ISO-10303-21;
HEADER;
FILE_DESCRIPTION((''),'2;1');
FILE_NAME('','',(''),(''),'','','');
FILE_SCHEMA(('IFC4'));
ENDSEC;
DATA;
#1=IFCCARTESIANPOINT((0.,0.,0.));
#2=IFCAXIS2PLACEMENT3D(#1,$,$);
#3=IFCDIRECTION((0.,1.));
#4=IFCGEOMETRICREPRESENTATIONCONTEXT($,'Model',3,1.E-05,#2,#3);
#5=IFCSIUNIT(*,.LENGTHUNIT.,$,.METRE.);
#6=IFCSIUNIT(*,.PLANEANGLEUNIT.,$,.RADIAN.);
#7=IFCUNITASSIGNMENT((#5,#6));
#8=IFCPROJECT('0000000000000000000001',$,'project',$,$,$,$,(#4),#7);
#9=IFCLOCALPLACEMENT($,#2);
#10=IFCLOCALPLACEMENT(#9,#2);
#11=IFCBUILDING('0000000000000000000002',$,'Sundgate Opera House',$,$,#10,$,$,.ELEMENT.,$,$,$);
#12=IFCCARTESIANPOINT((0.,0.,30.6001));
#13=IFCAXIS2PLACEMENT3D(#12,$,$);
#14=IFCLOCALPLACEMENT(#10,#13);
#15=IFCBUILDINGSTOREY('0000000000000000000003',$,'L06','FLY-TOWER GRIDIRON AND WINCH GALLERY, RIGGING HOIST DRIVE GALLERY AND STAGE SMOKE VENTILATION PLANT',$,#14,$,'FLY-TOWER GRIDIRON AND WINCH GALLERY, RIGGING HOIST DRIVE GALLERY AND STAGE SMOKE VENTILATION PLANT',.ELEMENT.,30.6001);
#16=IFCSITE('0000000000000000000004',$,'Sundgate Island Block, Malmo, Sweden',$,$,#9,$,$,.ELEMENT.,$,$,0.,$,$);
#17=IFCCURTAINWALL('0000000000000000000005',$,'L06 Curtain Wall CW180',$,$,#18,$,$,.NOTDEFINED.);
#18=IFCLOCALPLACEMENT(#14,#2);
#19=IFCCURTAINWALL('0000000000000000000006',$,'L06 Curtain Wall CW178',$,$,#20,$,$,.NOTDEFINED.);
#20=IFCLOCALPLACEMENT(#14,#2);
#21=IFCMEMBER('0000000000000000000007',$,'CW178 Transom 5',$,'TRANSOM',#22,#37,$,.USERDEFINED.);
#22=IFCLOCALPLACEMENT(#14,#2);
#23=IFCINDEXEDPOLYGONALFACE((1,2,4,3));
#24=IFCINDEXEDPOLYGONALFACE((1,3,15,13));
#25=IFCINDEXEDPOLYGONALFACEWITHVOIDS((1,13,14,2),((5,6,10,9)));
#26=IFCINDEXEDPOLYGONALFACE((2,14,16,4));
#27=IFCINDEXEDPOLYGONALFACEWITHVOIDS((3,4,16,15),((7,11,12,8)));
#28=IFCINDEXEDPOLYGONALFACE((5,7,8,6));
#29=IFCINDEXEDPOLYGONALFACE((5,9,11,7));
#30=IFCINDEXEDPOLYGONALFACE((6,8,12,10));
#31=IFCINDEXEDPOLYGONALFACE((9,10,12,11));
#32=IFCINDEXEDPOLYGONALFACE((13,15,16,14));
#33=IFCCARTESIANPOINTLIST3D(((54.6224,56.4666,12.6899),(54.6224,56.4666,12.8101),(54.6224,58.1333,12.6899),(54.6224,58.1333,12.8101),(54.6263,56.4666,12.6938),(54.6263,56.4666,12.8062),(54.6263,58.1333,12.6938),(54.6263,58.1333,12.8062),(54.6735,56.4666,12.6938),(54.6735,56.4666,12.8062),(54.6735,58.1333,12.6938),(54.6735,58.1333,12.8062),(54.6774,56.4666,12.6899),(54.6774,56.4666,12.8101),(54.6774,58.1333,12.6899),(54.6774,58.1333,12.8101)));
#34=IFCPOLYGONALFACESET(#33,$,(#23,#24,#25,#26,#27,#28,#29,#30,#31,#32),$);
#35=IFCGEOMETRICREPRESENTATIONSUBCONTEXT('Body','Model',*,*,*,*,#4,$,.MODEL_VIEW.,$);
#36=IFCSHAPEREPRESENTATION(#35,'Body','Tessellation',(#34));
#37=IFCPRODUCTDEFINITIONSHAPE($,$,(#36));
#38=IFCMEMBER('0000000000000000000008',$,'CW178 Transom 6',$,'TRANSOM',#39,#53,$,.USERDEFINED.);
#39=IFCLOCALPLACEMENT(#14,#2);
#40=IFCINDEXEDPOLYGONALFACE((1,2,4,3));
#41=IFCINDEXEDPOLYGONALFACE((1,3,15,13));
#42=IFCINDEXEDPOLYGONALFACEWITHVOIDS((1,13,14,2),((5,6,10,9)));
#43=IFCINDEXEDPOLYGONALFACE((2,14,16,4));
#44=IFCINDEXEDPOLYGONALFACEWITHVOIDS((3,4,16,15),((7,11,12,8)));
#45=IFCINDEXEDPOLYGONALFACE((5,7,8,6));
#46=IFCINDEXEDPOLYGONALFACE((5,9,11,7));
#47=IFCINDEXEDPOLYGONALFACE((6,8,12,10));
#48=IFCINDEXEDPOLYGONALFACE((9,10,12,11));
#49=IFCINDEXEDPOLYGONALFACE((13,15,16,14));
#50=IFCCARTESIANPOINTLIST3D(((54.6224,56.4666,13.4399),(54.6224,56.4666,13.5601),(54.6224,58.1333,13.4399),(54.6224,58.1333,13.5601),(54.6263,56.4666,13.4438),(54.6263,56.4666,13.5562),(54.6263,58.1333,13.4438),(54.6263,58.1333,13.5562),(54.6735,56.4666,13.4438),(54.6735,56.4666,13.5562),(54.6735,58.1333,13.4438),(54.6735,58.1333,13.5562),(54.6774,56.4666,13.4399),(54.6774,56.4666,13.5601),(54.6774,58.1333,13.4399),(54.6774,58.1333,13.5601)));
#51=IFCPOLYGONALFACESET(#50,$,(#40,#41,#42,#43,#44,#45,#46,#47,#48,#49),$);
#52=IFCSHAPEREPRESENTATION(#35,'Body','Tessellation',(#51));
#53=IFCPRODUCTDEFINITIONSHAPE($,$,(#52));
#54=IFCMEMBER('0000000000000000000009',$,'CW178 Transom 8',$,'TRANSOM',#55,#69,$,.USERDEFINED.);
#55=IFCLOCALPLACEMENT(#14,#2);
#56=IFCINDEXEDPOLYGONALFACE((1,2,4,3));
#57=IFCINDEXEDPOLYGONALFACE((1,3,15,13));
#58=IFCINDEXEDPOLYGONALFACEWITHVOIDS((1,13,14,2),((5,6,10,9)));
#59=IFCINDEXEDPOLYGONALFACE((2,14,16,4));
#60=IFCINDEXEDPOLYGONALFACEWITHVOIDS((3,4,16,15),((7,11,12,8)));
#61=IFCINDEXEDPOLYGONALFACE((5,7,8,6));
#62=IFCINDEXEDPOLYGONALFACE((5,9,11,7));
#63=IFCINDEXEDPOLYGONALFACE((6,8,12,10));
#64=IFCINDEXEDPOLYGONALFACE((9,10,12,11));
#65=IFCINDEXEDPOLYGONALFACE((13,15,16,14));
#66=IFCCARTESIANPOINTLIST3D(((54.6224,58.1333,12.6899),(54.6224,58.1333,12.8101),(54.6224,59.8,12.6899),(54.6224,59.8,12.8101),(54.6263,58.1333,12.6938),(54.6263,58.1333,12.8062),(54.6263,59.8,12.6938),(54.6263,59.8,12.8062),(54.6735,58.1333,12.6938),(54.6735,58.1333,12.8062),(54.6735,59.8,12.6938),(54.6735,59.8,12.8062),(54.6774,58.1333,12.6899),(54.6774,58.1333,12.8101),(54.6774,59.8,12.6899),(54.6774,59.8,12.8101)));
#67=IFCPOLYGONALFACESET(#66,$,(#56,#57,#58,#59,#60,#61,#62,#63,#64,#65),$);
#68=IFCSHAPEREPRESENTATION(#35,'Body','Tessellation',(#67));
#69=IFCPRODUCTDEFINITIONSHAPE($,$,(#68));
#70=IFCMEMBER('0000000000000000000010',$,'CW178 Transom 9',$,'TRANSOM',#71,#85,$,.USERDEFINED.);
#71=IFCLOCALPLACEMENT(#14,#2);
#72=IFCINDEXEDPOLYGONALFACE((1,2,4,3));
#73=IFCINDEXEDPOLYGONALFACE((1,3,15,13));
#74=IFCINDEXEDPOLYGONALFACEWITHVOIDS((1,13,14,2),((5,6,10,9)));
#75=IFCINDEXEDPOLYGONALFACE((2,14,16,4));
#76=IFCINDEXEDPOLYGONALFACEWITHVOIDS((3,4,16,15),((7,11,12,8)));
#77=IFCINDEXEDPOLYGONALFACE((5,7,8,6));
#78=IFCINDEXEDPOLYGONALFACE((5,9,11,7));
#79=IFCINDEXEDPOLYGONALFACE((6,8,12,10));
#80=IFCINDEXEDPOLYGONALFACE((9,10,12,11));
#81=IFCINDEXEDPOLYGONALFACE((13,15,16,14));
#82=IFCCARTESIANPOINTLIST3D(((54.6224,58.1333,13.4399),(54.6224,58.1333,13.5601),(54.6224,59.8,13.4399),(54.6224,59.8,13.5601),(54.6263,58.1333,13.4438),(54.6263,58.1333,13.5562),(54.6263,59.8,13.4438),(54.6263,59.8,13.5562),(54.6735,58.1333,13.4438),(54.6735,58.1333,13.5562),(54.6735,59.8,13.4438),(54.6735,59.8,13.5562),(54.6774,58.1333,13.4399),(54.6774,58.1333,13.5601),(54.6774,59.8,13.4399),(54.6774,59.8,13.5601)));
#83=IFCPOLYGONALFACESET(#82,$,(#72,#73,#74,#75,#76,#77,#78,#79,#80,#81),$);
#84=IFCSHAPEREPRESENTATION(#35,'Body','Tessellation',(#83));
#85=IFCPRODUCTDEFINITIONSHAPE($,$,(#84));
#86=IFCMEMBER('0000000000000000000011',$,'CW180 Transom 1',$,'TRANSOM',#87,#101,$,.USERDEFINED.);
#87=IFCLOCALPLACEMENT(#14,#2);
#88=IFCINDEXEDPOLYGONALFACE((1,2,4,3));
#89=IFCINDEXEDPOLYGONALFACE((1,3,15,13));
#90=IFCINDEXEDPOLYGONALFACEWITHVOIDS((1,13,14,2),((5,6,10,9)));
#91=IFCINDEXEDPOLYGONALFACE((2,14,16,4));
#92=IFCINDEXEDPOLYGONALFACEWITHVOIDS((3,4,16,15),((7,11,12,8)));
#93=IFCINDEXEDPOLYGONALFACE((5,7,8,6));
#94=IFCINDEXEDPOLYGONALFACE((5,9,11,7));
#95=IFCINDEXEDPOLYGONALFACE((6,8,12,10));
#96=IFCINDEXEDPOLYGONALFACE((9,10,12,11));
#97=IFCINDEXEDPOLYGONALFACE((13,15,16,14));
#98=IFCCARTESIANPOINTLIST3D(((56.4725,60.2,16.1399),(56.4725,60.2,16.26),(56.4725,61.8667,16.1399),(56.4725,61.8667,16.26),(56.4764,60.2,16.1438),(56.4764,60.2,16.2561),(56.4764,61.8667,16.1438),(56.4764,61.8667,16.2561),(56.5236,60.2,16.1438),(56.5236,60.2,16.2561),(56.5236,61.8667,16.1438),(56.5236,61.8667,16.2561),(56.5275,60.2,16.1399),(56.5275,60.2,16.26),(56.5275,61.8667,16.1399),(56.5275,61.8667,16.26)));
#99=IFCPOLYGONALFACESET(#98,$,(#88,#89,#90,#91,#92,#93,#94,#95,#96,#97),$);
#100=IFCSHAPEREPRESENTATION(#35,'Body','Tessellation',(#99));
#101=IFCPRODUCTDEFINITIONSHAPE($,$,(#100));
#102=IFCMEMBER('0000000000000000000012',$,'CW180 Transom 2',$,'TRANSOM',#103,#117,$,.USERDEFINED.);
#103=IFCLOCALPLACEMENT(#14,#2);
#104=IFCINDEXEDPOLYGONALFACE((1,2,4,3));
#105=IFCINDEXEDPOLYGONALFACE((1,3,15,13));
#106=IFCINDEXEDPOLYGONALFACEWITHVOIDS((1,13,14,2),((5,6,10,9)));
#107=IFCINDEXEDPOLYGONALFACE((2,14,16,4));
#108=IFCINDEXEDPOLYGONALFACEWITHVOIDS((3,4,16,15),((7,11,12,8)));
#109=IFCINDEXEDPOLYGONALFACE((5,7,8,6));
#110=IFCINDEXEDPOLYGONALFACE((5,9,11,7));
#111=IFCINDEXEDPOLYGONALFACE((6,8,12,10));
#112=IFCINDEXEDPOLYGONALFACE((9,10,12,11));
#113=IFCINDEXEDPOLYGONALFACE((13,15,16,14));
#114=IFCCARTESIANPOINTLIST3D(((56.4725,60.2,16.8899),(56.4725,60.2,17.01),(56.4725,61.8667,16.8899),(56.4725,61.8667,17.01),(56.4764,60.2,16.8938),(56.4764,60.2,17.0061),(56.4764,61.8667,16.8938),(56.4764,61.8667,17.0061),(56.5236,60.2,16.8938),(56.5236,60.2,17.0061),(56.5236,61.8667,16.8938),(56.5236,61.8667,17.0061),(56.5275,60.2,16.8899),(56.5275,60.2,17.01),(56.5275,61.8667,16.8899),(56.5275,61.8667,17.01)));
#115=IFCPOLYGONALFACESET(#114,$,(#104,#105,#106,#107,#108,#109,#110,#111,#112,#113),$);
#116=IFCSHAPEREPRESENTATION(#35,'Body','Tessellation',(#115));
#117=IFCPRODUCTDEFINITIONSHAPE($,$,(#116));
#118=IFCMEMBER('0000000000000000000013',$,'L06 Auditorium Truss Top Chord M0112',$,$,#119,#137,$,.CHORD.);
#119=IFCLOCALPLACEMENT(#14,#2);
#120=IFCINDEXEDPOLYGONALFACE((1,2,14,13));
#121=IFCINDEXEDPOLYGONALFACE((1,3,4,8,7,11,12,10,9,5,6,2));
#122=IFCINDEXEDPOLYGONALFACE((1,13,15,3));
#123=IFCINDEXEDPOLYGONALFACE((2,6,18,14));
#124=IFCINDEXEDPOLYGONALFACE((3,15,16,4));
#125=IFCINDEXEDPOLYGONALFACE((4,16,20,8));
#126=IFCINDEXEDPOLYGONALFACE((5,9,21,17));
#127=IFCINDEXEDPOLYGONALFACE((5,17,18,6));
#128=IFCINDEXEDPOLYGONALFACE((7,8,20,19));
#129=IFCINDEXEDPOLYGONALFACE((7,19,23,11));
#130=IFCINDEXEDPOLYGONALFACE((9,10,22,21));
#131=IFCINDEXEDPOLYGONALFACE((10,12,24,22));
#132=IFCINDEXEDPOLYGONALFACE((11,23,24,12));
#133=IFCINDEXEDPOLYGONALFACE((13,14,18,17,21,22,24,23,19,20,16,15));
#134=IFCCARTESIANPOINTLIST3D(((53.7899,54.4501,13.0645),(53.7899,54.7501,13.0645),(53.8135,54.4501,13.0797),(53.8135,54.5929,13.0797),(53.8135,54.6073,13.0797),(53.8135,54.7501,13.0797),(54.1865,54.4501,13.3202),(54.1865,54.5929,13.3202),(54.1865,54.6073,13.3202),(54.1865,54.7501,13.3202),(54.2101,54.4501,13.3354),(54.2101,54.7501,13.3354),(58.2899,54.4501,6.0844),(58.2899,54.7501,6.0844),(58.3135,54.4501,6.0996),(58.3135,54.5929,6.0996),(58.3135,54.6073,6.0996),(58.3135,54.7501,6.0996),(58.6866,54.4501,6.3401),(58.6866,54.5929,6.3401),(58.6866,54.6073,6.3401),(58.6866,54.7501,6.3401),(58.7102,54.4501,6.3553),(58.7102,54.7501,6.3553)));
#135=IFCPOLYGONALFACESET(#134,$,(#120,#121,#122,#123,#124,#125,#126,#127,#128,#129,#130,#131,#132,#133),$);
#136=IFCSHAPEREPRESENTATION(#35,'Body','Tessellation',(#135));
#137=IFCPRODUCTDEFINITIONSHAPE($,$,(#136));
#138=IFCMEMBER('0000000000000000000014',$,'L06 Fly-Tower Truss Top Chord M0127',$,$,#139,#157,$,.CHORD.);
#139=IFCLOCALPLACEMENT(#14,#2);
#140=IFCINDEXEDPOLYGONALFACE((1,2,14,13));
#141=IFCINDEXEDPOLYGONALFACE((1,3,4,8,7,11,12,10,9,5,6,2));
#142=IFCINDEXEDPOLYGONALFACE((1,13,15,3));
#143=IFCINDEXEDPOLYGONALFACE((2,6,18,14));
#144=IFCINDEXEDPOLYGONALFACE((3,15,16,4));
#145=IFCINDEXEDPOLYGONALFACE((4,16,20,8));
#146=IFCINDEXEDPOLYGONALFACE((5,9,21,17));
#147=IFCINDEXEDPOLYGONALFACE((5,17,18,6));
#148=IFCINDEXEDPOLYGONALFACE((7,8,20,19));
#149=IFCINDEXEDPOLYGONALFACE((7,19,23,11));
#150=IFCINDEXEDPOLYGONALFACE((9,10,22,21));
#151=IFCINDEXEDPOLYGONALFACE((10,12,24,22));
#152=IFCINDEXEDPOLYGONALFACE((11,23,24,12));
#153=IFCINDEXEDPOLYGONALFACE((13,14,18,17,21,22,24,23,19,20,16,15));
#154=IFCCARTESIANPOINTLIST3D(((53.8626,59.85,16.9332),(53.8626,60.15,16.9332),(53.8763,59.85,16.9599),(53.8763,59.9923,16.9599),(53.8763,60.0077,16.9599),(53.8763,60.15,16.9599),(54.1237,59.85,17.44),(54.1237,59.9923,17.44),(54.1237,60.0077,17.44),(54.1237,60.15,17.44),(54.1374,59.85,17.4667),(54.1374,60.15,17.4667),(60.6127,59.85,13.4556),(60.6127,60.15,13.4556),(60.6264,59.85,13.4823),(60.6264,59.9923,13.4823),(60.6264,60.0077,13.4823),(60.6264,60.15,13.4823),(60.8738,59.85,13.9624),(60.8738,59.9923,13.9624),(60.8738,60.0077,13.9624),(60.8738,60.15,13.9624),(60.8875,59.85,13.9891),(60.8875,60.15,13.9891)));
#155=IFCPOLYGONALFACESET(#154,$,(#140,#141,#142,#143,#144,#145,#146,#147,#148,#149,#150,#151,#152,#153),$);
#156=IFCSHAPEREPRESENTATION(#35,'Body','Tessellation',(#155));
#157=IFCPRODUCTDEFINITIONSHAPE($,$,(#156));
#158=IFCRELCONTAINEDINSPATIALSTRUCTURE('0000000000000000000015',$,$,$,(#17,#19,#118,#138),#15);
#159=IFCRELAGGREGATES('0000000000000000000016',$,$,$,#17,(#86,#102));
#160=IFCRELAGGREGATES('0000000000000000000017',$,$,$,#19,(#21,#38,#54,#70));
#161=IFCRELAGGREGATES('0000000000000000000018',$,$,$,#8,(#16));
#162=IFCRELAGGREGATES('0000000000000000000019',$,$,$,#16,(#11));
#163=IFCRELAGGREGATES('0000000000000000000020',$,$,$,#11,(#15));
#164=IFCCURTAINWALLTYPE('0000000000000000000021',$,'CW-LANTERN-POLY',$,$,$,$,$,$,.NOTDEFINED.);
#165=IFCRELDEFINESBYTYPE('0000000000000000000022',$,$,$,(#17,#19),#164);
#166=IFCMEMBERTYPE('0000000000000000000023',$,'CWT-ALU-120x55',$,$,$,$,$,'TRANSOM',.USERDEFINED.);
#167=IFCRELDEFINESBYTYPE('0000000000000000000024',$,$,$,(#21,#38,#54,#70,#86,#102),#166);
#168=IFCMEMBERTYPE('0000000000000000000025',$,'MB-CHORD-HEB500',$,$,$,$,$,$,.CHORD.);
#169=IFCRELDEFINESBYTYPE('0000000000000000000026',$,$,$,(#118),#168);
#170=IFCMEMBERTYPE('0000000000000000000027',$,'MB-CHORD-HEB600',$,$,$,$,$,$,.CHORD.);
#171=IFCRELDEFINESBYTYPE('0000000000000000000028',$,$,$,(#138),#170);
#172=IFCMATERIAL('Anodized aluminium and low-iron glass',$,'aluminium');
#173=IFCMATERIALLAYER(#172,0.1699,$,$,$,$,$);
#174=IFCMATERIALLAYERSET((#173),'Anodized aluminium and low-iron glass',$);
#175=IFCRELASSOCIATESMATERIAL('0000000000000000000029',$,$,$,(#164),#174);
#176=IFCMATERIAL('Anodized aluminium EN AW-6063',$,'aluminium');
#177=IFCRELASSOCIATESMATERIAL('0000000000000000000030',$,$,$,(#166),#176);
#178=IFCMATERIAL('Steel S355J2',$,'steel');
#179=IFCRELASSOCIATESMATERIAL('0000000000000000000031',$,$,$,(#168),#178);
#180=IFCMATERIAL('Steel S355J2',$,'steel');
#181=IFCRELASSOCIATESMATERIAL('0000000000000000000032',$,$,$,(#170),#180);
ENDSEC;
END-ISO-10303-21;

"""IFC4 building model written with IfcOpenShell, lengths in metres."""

from ifc_helpers import new_model, si_unit, direction, frame, origin, origin_2d, place, context, subcontext, project, spatial, hollow_rectangle, i_section, extrude, material, layer, layer_set, material_profile, profile_set, type_object, element, aggregate, save


model = new_model("IFC4")

# Units and contexts
model_context = context("Model", 3, precision=1e-05, world=origin(), true_north=direction((0.0, 1.0)))
body_context = subcontext(model_context, "Body", "Model", "MODEL_VIEW")
ifc_project = project(units=[si_unit("LENGTHUNIT", "METRE"), si_unit("PLANEANGLEUNIT", "RADIAN")], contexts=[model_context])

# Site, building, storey
site_placement = place(None, origin())
site = spatial("IfcSite", under=ifc_project, at=site_placement, Name="Sundgate Island Block, Malmo, Sweden", CompositionType="ELEMENT", RefElevation=0.0)
building_placement = place(site_placement, origin())
building = spatial("IfcBuilding", under=site, at=building_placement, Name="Sundgate Opera House", CompositionType="ELEMENT")
storey_placement = place(building_placement, frame((0.0, 0.0, 30.6001)))
storey = spatial("IfcBuildingStorey", under=building, at=storey_placement, Name="L06", Description="FLY-TOWER GRIDIRON AND WINCH GALLERY, RIGGING HOIST DRIVE GALLERY AND STAGE SMOKE VENTILATION PLANT", LongName="FLY-TOWER GRIDIRON AND WINCH GALLERY, RIGGING HOIST DRIVE GALLERY AND STAGE SMOKE VENTILATION PLANT", CompositionType="ELEMENT", Elevation=30.6001)

# Curtain wall
ifc_material_1 = material(Name="Anodized aluminium and low-iron glass", Category="aluminium")
ifc_layer_1 = layer(ifc_material_1, 0.1699)
ifc_layer_set_1 = layer_set([ifc_layer_1], Name="Anodized aluminium and low-iron glass")
curtain_wall_type = type_object("IfcCurtainWallType", Name="CW-LANTERN-POLY", PredefinedType="NOTDEFINED", material=ifc_layer_set_1)
curtain_wall_1_placement = place(storey_placement, origin())
curtain_wall_1 = element("IfcCurtainWall", 1, at=curtain_wall_1_placement, inside=storey, type_object=curtain_wall_type, Name="L06 Curtain Wall CW180", PredefinedType="NOTDEFINED")

# Curtain wall, members
ifc_material_2 = material(Name="Anodized aluminium EN AW-6063", Category="aluminium")
ifc_material_profile_1 = material_profile(ifc_material_2, hollow_rectangle(XDim=0.0549, YDim=0.1201, WallThickness=0.0039, at=origin_2d()), Name="CWT 120x55x4")
ifc_profile_set_1 = profile_set([ifc_material_profile_1], Name="Anodized aluminium EN AW-6063")
member_type_1 = type_object("IfcMemberType", Name="CWT-ALU-120x55", ElementType="TRANSOM", PredefinedType="USERDEFINED", material=ifc_profile_set_1)
curtain_wall_2_placement = place(storey_placement, origin())
curtain_wall_2 = element("IfcCurtainWall", 2, at=curtain_wall_2_placement, inside=storey, type_object=curtain_wall_type, Name="L06 Curtain Wall CW178", PredefinedType="NOTDEFINED")
member_1_placement = place(storey_placement, frame((54.6499, 56.4666, 12.75), z_axis=(0.0, 1.0, 0.0), x_axis=(-1.0, 0.0, 0.0)))
member_1 = element("IfcMember", 3, at=member_1_placement, type_object=member_type_1, Name="CW178 Transom 5", ObjectType="TRANSOM", PredefinedType="USERDEFINED", context=body_context, shape_type="SweptSolid", body=[
    extrude(hollow_rectangle(XDim=0.0549, YDim=0.1201, WallThickness=0.0039, at=origin_2d()), origin(), (0.0, 0.0, 1.0), 1.6667),
])
member_2_placement = place(storey_placement, frame((54.6499, 56.4666, 13.5), z_axis=(0.0, 1.0, 0.0), x_axis=(-1.0, 0.0, 0.0)))
member_2 = element("IfcMember", 4, at=member_2_placement, type_object=member_type_1, Name="CW178 Transom 6", ObjectType="TRANSOM", PredefinedType="USERDEFINED", context=body_context, shape_type="SweptSolid", body=[
    extrude(hollow_rectangle(XDim=0.0549, YDim=0.1201, WallThickness=0.0039, at=origin_2d()), origin(), (0.0, 0.0, 1.0), 1.6667),
])
member_3_placement = place(storey_placement, frame((54.6499, 58.1333, 12.75), z_axis=(0.0, 1.0, 0.0), x_axis=(-1.0, 0.0, 0.0)))
member_3 = element("IfcMember", 5, at=member_3_placement, type_object=member_type_1, Name="CW178 Transom 8", ObjectType="TRANSOM", PredefinedType="USERDEFINED", context=body_context, shape_type="SweptSolid", body=[
    extrude(hollow_rectangle(XDim=0.0549, YDim=0.1201, WallThickness=0.0039, at=origin_2d()), origin(), (0.0, 0.0, 1.0), 1.6667),
])
member_4_placement = place(storey_placement, frame((54.6499, 58.1333, 13.5), z_axis=(0.0, 1.0, 0.0), x_axis=(-1.0, 0.0, 0.0)))
member_4 = element("IfcMember", 6, at=member_4_placement, type_object=member_type_1, Name="CW178 Transom 9", ObjectType="TRANSOM", PredefinedType="USERDEFINED", context=body_context, shape_type="SweptSolid", body=[
    extrude(hollow_rectangle(XDim=0.0549, YDim=0.1201, WallThickness=0.0039, at=origin_2d()), origin(), (0.0, 0.0, 1.0), 1.6667),
])

# Members
member_5_placement = place(storey_placement, frame((56.5, 60.2, 16.2), z_axis=(0.0, 1.0, 0.0), x_axis=(-1.0, 0.0, 0.0)))
member_5 = element("IfcMember", 7, at=member_5_placement, type_object=member_type_1, Name="CW180 Transom 1", ObjectType="TRANSOM", PredefinedType="USERDEFINED", context=body_context, shape_type="SweptSolid", body=[
    extrude(hollow_rectangle(XDim=0.0549, YDim=0.1201, WallThickness=0.0039, at=origin_2d()), origin(), (0.0, 0.0, 1.0), 1.6667),
])
member_6_placement = place(storey_placement, frame((56.5, 60.2, 16.95), z_axis=(0.0, 1.0, 0.0), x_axis=(-1.0, 0.0, 0.0)))
member_6 = element("IfcMember", 8, at=member_6_placement, type_object=member_type_1, Name="CW180 Transom 2", ObjectType="TRANSOM", PredefinedType="USERDEFINED", context=body_context, shape_type="SweptSolid", body=[
    extrude(hollow_rectangle(XDim=0.0549, YDim=0.1201, WallThickness=0.0039, at=origin_2d()), origin(), (0.0, 0.0, 1.0), 1.6667),
])
aggregate(curtain_wall_1, [member_5, member_6])

# Members
ifc_material_3 = material(Name="Steel S355J2", Category="steel")
ifc_material_profile_2 = material_profile(ifc_material_3, i_section(OverallWidth=0.3, OverallDepth=0.5, WebThickness=0.0144, FlangeThickness=0.0281, at=origin_2d()), Name="HEB 500")
ifc_profile_set_2 = profile_set([ifc_material_profile_2], Name="Steel S355J2")
member_type_2 = type_object("IfcMemberType", Name="MB-CHORD-HEB500", PredefinedType="CHORD", material=ifc_profile_set_2)
member_7_placement = place(storey_placement, frame((54.0, 54.6001, 13.2), z_axis=(0.541854, 0.0, -0.840473), x_axis=(0.0, 1.0, 0.0)))
element("IfcMember", 9, at=member_7_placement, inside=storey, type_object=member_type_2, Name="L06 Auditorium Truss Top Chord M0112", PredefinedType="CHORD", context=body_context, shape_type="SweptSolid", body=[
    extrude(i_section(OverallWidth=0.3, OverallDepth=0.5, WebThickness=0.0144, FlangeThickness=0.0281, at=origin_2d()), origin(), (0.0, 0.0, 1.0), 8.3049),
])
ifc_material_4 = material(Name="Steel S355J2", Category="steel")
ifc_material_profile_3 = material_profile(ifc_material_4, i_section(OverallWidth=0.3, OverallDepth=0.6001, WebThickness=0.0154, FlangeThickness=0.03, at=origin_2d()), Name="HEB 600")
ifc_profile_set_3 = profile_set([ifc_material_profile_3], Name="Steel S355J2")
member_type_3 = type_object("IfcMemberType", Name="MB-CHORD-HEB600", PredefinedType="CHORD", material=ifc_profile_set_3)
member_8_placement = place(storey_placement, frame((54.0, 60.0, 17.2), z_axis=(0.88896, 0.0, -0.457984), x_axis=(0.0, 1.0, 0.0)))
element("IfcMember", 10, at=member_8_placement, inside=storey, type_object=member_type_3, Name="L06 Fly-Tower Truss Top Chord M0127", PredefinedType="CHORD", context=body_context, shape_type="SweptSolid", body=[
    extrude(i_section(OverallWidth=0.3, OverallDepth=0.6001, WebThickness=0.0154, FlangeThickness=0.03, at=origin_2d()), origin(), (0.0, 0.0, 1.0), 7.5933),
])

aggregate(curtain_wall_2, [member_1, member_2, member_3, member_4])

save(model, "model.ifc")
